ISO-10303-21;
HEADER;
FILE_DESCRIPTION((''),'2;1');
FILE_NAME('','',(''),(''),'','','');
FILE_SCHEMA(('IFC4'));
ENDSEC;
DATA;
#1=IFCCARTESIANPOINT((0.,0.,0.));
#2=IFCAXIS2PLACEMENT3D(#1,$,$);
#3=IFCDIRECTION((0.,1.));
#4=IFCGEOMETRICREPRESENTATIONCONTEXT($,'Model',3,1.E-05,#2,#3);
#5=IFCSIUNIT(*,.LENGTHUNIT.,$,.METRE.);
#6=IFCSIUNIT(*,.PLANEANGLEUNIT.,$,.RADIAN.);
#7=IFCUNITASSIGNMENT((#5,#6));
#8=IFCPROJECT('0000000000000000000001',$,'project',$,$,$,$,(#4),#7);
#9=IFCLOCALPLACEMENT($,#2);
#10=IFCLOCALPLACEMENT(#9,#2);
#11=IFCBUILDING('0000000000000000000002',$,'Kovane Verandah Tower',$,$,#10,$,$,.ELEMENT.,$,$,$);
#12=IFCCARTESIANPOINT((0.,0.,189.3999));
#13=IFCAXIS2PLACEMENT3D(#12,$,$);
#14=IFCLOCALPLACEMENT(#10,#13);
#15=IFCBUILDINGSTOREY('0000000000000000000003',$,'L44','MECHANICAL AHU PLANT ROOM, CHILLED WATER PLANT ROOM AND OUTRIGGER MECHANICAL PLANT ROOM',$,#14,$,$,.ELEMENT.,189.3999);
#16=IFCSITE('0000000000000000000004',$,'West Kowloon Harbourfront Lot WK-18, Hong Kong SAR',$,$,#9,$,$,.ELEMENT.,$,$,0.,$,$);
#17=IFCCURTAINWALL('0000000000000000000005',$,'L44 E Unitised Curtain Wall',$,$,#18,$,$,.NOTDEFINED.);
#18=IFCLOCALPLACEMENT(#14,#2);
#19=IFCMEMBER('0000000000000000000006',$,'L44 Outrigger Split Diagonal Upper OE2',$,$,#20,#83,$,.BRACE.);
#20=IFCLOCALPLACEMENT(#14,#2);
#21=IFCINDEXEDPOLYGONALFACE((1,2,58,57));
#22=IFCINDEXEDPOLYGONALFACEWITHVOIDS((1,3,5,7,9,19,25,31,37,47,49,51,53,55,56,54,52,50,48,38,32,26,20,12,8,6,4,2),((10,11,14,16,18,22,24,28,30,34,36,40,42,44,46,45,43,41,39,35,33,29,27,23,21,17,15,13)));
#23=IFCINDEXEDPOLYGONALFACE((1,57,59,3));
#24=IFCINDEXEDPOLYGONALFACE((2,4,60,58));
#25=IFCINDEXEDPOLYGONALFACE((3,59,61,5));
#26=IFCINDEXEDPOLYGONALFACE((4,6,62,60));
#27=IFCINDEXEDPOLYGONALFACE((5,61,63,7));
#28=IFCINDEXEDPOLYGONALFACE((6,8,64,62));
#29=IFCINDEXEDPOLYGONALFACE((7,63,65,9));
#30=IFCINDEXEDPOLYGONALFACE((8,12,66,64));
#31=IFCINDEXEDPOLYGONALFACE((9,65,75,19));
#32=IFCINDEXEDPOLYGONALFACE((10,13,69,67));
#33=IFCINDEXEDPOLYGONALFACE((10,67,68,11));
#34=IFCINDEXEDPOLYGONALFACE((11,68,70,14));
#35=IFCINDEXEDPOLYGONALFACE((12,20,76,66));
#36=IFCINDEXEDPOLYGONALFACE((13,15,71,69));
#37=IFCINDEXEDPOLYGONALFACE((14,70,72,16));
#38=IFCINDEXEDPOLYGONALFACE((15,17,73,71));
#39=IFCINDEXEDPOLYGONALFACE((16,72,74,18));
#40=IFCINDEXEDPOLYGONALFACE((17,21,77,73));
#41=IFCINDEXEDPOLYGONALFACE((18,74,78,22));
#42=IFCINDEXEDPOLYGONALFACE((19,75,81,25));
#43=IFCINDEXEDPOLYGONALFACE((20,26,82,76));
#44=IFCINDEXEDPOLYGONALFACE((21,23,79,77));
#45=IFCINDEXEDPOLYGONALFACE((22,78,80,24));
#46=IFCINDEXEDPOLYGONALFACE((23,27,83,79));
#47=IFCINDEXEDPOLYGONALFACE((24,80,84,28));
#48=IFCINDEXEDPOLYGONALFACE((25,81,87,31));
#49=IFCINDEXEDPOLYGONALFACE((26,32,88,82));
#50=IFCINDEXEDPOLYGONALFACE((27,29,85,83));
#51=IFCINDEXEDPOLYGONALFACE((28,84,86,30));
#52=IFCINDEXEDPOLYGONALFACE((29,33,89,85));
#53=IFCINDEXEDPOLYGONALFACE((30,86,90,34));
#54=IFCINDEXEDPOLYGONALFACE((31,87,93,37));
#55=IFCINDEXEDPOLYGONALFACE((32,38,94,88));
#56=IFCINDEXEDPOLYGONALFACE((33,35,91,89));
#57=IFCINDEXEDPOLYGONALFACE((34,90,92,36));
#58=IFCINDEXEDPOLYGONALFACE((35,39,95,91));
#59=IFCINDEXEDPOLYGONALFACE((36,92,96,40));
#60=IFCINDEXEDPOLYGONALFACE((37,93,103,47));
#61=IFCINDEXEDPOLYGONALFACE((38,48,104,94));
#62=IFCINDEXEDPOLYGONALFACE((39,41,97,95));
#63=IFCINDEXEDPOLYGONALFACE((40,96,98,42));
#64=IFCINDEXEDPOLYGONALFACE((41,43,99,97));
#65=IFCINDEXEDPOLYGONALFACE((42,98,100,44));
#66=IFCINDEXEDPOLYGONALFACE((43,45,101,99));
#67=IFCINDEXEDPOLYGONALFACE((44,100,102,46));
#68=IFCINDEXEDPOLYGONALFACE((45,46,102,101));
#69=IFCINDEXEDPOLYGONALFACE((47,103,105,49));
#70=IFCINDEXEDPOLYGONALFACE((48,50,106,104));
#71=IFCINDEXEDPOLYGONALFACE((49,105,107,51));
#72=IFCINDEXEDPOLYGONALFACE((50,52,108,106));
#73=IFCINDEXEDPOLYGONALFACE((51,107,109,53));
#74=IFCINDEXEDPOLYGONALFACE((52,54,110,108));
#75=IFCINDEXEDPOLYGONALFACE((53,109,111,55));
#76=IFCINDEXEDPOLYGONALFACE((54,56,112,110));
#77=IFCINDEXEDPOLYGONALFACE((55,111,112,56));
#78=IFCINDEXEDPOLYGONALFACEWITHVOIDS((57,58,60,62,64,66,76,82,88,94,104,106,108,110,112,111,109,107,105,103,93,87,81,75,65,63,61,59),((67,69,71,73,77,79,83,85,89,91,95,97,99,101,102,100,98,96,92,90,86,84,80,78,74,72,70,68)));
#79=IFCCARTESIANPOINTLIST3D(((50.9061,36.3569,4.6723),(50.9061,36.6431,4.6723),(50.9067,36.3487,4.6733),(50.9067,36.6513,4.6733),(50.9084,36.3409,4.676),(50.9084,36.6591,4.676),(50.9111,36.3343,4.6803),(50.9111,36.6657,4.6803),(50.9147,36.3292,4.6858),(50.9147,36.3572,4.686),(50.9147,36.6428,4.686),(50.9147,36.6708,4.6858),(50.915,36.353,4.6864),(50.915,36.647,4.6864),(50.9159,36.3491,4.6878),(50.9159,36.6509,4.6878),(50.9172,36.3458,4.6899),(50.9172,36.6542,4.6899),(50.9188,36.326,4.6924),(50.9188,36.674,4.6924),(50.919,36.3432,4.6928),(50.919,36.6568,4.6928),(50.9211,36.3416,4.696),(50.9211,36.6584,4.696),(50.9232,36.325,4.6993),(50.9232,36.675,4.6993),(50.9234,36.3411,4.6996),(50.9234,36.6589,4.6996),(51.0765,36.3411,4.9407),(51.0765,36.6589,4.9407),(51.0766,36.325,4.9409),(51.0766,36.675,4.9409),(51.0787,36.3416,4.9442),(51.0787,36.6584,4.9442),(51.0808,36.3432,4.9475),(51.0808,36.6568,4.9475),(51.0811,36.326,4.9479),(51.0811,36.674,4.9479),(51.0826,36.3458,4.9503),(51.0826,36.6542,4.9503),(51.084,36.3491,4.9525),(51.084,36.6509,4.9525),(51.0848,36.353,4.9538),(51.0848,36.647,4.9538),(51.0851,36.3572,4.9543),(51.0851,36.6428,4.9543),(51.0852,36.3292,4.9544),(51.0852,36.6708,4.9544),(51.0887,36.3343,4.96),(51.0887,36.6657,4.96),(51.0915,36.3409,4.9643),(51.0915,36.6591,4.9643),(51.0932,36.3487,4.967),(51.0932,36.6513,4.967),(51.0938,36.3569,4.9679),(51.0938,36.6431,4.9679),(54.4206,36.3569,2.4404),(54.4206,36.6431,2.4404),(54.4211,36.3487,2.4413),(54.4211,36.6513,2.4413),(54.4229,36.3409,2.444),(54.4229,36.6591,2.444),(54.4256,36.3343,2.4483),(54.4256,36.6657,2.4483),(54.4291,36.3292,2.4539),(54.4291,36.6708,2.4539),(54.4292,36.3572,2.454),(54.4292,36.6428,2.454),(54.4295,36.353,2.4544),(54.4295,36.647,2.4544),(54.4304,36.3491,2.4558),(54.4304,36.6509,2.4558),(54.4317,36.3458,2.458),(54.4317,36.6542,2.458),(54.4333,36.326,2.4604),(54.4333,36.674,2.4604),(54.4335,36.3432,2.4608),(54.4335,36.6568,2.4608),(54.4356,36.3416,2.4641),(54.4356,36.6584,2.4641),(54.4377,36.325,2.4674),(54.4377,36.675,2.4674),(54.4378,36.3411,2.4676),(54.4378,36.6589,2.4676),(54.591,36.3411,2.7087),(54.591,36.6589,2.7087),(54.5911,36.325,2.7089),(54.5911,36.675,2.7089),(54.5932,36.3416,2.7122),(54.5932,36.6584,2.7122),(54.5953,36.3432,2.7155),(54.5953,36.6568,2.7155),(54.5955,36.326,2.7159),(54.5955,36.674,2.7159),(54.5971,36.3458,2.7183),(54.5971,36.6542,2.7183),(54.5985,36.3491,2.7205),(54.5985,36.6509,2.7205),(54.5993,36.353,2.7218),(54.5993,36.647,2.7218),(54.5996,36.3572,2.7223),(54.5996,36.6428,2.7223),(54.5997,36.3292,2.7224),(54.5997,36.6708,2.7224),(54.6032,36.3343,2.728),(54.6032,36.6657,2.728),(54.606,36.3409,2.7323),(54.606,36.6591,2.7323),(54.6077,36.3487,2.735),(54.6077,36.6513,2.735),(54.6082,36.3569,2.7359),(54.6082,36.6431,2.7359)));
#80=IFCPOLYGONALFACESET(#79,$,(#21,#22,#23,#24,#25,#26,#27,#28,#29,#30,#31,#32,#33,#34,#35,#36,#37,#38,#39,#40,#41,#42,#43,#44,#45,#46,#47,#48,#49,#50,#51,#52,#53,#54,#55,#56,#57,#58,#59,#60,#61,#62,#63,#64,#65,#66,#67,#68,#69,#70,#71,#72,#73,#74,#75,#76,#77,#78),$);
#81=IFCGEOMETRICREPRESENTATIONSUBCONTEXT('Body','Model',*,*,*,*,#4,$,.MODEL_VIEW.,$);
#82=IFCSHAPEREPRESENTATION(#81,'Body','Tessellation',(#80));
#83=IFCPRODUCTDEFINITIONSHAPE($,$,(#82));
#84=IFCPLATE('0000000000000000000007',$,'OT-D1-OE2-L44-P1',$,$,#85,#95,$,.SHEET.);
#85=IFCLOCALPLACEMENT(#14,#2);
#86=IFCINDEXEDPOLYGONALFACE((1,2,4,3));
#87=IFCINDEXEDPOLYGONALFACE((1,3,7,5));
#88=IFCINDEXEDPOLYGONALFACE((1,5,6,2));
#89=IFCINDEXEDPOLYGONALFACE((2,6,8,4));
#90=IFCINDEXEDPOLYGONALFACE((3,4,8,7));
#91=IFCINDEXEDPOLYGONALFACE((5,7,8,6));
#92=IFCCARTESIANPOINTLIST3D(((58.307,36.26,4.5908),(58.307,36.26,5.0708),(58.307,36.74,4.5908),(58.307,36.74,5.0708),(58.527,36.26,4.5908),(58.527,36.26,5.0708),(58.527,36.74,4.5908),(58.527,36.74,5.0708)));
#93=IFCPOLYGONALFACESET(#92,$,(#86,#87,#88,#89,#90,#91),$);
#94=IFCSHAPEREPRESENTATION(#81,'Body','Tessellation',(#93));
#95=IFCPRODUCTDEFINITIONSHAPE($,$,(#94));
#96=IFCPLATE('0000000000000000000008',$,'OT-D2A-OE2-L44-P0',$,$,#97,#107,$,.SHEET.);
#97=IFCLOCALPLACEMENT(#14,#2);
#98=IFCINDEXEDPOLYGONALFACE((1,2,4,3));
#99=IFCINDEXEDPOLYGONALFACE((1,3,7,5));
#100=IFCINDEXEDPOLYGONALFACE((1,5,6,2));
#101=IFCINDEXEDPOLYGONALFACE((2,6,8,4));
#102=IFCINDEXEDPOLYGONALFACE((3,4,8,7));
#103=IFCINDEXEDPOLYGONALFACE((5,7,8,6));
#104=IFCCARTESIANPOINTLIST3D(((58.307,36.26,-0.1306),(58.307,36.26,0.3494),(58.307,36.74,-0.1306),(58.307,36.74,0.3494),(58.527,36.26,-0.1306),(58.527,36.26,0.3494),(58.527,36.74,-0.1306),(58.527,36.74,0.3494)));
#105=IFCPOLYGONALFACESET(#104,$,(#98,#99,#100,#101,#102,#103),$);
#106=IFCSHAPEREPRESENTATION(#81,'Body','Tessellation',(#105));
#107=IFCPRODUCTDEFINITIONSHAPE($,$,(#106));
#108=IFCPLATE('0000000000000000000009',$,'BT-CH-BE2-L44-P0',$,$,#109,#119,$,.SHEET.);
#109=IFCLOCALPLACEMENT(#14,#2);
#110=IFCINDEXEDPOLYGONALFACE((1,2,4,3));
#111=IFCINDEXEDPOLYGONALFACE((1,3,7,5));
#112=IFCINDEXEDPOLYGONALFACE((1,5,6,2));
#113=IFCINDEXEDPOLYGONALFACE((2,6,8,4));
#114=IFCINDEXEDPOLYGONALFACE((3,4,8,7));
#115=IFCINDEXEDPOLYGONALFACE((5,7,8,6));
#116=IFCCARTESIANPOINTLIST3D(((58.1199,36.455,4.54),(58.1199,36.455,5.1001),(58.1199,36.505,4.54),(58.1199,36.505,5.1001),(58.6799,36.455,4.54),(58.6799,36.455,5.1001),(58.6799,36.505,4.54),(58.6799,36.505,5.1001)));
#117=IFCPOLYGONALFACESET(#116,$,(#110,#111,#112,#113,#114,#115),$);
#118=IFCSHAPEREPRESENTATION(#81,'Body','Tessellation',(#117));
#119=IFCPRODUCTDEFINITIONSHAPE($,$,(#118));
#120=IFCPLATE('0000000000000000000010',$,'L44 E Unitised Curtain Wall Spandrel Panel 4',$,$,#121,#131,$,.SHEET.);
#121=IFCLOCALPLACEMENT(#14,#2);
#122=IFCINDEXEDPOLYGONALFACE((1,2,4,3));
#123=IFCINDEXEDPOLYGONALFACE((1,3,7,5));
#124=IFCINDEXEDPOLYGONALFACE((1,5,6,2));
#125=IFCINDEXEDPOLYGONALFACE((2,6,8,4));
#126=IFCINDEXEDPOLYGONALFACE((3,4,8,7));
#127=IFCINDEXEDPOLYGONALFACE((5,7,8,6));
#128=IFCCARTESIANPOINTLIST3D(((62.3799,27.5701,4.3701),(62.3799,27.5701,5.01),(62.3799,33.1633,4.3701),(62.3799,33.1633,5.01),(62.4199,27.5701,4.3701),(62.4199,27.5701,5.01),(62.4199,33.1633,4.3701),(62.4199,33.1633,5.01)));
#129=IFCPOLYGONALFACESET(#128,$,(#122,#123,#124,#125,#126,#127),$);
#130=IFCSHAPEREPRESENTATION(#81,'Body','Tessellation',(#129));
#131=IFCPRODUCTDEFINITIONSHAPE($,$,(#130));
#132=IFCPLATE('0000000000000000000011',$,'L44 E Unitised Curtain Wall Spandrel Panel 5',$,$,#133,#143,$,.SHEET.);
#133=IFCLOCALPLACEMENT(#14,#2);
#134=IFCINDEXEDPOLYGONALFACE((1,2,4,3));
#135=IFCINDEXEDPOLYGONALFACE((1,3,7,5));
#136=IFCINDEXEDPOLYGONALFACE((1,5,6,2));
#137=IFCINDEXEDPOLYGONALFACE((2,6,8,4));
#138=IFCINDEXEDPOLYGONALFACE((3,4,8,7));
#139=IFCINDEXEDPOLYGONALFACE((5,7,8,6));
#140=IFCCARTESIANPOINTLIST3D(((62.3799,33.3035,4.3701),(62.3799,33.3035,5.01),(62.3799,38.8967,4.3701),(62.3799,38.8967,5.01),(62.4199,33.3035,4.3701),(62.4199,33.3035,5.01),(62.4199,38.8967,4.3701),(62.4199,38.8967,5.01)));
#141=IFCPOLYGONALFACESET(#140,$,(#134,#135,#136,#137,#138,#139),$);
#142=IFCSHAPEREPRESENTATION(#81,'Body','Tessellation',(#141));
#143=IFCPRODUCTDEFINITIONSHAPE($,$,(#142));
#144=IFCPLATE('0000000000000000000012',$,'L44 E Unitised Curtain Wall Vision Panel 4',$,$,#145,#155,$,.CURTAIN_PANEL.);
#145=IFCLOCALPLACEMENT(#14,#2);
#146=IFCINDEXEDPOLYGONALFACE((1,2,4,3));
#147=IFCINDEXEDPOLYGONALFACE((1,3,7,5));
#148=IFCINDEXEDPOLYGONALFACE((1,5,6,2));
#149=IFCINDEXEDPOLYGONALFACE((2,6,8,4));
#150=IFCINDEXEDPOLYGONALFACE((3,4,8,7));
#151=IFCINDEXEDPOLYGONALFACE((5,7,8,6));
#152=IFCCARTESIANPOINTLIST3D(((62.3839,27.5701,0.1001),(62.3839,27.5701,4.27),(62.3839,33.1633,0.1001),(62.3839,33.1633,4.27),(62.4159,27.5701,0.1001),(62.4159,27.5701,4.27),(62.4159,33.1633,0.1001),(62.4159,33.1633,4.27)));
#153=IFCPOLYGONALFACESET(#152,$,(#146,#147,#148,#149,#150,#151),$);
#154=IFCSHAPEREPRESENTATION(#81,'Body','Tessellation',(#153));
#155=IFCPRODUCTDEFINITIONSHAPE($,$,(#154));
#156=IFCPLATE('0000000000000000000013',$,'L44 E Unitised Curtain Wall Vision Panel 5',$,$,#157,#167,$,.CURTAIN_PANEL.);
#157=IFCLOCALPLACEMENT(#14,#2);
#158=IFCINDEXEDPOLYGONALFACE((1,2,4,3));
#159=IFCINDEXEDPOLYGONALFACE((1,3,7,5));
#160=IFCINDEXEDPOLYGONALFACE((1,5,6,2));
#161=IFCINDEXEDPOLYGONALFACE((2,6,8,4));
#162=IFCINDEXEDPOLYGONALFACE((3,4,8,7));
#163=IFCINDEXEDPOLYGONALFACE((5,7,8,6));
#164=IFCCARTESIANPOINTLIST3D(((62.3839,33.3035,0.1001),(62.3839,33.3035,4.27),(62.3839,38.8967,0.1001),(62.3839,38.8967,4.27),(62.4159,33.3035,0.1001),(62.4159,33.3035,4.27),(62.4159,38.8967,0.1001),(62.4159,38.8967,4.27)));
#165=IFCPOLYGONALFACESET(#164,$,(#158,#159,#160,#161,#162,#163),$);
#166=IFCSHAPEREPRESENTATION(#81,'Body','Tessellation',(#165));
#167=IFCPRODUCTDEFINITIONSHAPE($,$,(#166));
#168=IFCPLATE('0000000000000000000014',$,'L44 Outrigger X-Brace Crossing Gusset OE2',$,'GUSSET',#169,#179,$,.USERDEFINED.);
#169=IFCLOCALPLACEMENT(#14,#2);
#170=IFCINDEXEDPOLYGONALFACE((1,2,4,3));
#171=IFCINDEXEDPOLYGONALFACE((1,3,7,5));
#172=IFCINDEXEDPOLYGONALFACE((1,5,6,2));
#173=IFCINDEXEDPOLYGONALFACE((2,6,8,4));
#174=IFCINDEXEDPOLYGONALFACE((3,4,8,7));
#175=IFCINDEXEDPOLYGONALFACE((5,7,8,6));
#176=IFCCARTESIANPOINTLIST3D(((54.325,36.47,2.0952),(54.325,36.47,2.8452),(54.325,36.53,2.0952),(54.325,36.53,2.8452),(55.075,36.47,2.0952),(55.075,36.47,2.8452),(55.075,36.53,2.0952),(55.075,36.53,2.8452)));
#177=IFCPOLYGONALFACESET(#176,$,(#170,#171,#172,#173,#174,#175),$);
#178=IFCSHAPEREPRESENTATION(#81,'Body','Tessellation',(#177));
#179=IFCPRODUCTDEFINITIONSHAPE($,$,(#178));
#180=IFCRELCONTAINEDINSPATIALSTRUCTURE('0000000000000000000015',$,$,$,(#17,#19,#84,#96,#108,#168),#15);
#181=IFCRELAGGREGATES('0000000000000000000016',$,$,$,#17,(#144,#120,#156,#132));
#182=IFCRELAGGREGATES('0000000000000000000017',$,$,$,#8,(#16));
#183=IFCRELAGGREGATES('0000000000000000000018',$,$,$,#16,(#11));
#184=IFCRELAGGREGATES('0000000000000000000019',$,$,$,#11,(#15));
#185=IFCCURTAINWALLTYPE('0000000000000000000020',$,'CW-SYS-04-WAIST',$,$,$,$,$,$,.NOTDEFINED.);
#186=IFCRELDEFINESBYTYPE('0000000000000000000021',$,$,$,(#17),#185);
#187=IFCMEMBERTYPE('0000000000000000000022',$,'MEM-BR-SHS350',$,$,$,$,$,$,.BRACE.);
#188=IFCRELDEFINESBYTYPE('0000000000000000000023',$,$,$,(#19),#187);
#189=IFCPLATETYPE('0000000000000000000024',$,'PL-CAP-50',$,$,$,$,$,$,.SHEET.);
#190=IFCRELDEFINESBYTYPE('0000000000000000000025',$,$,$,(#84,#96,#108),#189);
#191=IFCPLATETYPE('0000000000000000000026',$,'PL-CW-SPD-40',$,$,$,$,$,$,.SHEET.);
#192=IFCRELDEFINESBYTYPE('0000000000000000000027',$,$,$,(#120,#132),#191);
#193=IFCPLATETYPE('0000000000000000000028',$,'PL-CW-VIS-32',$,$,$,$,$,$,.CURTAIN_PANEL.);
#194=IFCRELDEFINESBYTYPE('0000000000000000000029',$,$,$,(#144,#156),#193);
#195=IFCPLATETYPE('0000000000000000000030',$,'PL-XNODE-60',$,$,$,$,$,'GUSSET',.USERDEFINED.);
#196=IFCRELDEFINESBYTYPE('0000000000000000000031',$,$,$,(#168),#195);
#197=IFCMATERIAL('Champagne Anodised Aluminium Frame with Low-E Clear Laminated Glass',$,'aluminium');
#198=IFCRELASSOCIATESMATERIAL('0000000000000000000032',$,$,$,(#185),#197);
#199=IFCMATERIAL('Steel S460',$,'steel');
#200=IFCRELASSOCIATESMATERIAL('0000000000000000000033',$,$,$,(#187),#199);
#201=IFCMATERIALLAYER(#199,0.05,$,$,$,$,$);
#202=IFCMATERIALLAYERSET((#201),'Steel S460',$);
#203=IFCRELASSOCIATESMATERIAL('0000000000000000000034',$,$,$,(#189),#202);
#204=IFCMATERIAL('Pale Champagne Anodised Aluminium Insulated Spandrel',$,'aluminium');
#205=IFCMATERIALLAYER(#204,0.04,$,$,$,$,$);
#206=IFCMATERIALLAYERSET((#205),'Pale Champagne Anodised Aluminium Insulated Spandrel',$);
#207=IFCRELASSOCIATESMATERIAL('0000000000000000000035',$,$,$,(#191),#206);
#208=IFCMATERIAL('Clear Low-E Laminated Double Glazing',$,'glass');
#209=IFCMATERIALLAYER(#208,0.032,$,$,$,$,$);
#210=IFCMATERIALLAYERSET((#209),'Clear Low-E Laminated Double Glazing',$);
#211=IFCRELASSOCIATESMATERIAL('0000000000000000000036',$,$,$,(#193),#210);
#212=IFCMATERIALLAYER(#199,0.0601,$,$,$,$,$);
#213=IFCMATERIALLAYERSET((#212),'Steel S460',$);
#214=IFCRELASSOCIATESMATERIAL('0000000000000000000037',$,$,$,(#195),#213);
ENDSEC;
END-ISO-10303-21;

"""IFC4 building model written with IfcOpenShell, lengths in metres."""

from ifc_helpers import new_model, si_unit, direction, frame, origin, origin_2d, place, context, subcontext, project, spatial, rectangle, hollow_rectangle, extrude, material, layer, layer_set, material_profile, profile_set, type_object, element, aggregate, save


model = new_model("IFC4")

# Units and contexts
model_context = context("Model", 3, precision=1e-05, world=origin(), true_north=direction((0.0, 1.0)))
body_context = subcontext(model_context, "Body", "Model", "MODEL_VIEW")
ifc_project = project(units=[si_unit("LENGTHUNIT", "METRE"), si_unit("PLANEANGLEUNIT", "RADIAN")], contexts=[model_context])

# Site, building, storey
site_placement = place(None, origin())
site = spatial("IfcSite", under=ifc_project, at=site_placement, Name="West Kowloon Harbourfront Lot WK-18, Hong Kong SAR", CompositionType="ELEMENT", RefElevation=0.0)
building_placement = place(site_placement, origin())
building = spatial("IfcBuilding", under=site, at=building_placement, Name="Kovane Verandah Tower", CompositionType="ELEMENT")
storey_placement = place(building_placement, frame((0.0, 0.0, 189.3999)))
storey = spatial("IfcBuildingStorey", under=building, at=storey_placement, Name="L44", Description="MECHANICAL AHU PLANT ROOM, CHILLED WATER PLANT ROOM AND OUTRIGGER MECHANICAL PLANT ROOM", CompositionType="ELEMENT", Elevation=189.3999)

# Shared definitions
ifc_material_1 = material(Name="Steel S460", Category="steel")

# Curtain wall
ifc_material_2 = material(Name="Champagne Anodised Aluminium Frame with Low-E Clear Laminated Glass", Category="aluminium")
curtain_wall_type = type_object("IfcCurtainWallType", Name="CW-SYS-04-WAIST", PredefinedType="NOTDEFINED", material=ifc_material_2)
curtain_wall_placement = place(storey_placement, origin())
curtain_wall = element("IfcCurtainWall", 1, at=curtain_wall_placement, inside=storey, type_object=curtain_wall_type, Name="L44 E Unitised Curtain Wall", PredefinedType="NOTDEFINED")

# Member
ifc_material_profile_1 = material_profile(ifc_material_1, hollow_rectangle(XDim=0.3501, YDim=0.3501, WallThickness=0.0161, InnerFilletRadius=0.0161, OuterFilletRadius=0.032, at=origin_2d()), Name="SHS350x350x16")
ifc_profile_set_1 = profile_set([ifc_material_profile_1], Name="Steel S460")
member_type_1 = type_object("IfcMemberType", Name="MEM-BR-SHS350", PredefinedType="BRACE", material=ifc_profile_set_1)
member_1_placement = place(storey_placement, frame((54.5144, 36.5, 2.5881), z_axis=(-0.844151, 0.0, 0.536105), x_axis=(0.0, -1.0, 0.0)))
element("IfcMember", 2, at=member_1_placement, inside=storey, type_object=member_type_1, Name="L44 Outrigger Split Diagonal Upper OE2", PredefinedType="BRACE", context=body_context, shape_type="SweptSolid", body=[
    extrude(hollow_rectangle(XDim=0.3501, YDim=0.3501, WallThickness=0.0161, InnerFilletRadius=0.0161, OuterFilletRadius=0.032, at=origin_2d()), origin(), (0.0, 0.0, 1.0), 4.1633),
])

# Plates
ifc_layer_1 = layer(ifc_material_1, 0.05)
ifc_layer_set_1 = layer_set([ifc_layer_1], Name="Steel S460")
plate_type_1 = type_object("IfcPlateType", Name="PL-CAP-50", PredefinedType="SHEET", material=ifc_layer_set_1)
for number, where, z_axis, x_axis, name in (
    (3, (58.417, 36.5, 4.5908), (0.0, 0.0, 1.0), (1.0, 0.0, 0.0), "OT-D1-OE2-L44-P1"),
    (4, (58.417, 36.5, -0.1306), (0.0, 0.0, 1.0), (-1.0, 0.0, 0.0), "OT-D2A-OE2-L44-P0"),
):
    element("IfcPlate", number, at=place(storey_placement, frame(where, z_axis=z_axis, x_axis=x_axis)), inside=storey, type_object=plate_type_1, Name=name, PredefinedType="SHEET", context=body_context, shape_type="SweptSolid", body=[
        extrude(rectangle(XDim=0.22, YDim=0.48, at=origin_2d()), origin(), (0.0, 0.0, 1.0), 0.48),
    ])
plate_1_placement = place(storey_placement, frame((58.3999, 36.48, 4.54), z_axis=(0.0, 0.0, 1.0), x_axis=(0.0, 1.0, 0.0)))
element("IfcPlate", 5, at=plate_1_placement, inside=storey, type_object=plate_type_1, Name="BT-CH-BE2-L44-P0", PredefinedType="SHEET", context=body_context, shape_type="SweptSolid", body=[
    extrude(rectangle(XDim=0.05, YDim=0.5601, at=origin_2d()), origin(), (0.0, 0.0, 1.0), 0.5601),
])

# Plates
ifc_material_3 = material(Name="Pale Champagne Anodised Aluminium Insulated Spandrel", Category="aluminium")
ifc_layer_2 = layer(ifc_material_3, 0.04)
ifc_layer_set_2 = layer_set([ifc_layer_2], Name="Pale Champagne Anodised Aluminium Insulated Spandrel")
plate_type_2 = type_object("IfcPlateType", Name="PL-CW-SPD-40", PredefinedType="SHEET", material=ifc_layer_set_2)
plate_2_placement = place(storey_placement, frame((62.3999, 30.3667, 4.3701), z_axis=(0.0, 0.0, 1.0), x_axis=(0.0, 1.0, 0.0)))
plate_2 = element("IfcPlate", 6, at=plate_2_placement, type_object=plate_type_2, Name="L44 E Unitised Curtain Wall Spandrel Panel 4", PredefinedType="SHEET", context=body_context, shape_type="SweptSolid", body=[
    extrude(rectangle(XDim=5.5933, YDim=0.04, at=origin_2d()), origin(), (0.0, 0.0, 1.0), 0.6399),
])
plate_3_placement = place(storey_placement, frame((62.3999, 36.1001, 4.3701), z_axis=(0.0, 0.0, 1.0), x_axis=(0.0, 1.0, 0.0)))
plate_3 = element("IfcPlate", 7, at=plate_3_placement, type_object=plate_type_2, Name="L44 E Unitised Curtain Wall Spandrel Panel 5", PredefinedType="SHEET", context=body_context, shape_type="SweptSolid", body=[
    extrude(rectangle(XDim=5.5933, YDim=0.04, at=origin_2d()), origin(), (0.0, 0.0, 1.0), 0.6399),
])
ifc_material_4 = material(Name="Clear Low-E Laminated Double Glazing", Category="glass")
ifc_layer_3 = layer(ifc_material_4, 0.032)
ifc_layer_set_3 = layer_set([ifc_layer_3], Name="Clear Low-E Laminated Double Glazing")
plate_type_3 = type_object("IfcPlateType", Name="PL-CW-VIS-32", PredefinedType="CURTAIN_PANEL", material=ifc_layer_set_3)
plate_4_placement = place(storey_placement, frame((62.3999, 30.3667, 0.1001), z_axis=(0.0, 0.0, 1.0), x_axis=(0.0, 1.0, 0.0)))
plate_4 = element("IfcPlate", 8, at=plate_4_placement, type_object=plate_type_3, Name="L44 E Unitised Curtain Wall Vision Panel 4", PredefinedType="CURTAIN_PANEL", context=body_context, shape_type="SweptSolid", body=[
    extrude(rectangle(XDim=5.5933, YDim=0.032, at=origin_2d()), origin(), (0.0, 0.0, 1.0), 4.1699),
])
plate_5_placement = place(storey_placement, frame((62.3999, 36.1001, 0.1001), z_axis=(0.0, 0.0, 1.0), x_axis=(0.0, 1.0, 0.0)))
plate_5 = element("IfcPlate", 9, at=plate_5_placement, type_object=plate_type_3, Name="L44 E Unitised Curtain Wall Vision Panel 5", PredefinedType="CURTAIN_PANEL", context=body_context, shape_type="SweptSolid", body=[
    extrude(rectangle(XDim=5.5933, YDim=0.032, at=origin_2d()), origin(), (0.0, 0.0, 1.0), 4.1699),
])
aggregate(curtain_wall, [plate_4, plate_2, plate_5, plate_3])
ifc_layer_4 = layer(ifc_material_1, 0.0601)
ifc_layer_set_4 = layer_set([ifc_layer_4], Name="Steel S460")
plate_type_4 = type_object("IfcPlateType", Name="PL-XNODE-60", ElementType="GUSSET", PredefinedType="USERDEFINED", material=ifc_layer_set_4)
plate_6_placement = place(storey_placement, frame((54.7, 36.5, 2.0952), z_axis=(0.0, 0.0, 1.0), x_axis=(1.0, 0.0, 0.0)))
element("IfcPlate", 10, at=plate_6_placement, inside=storey, type_object=plate_type_4, Name="L44 Outrigger X-Brace Crossing Gusset OE2", ObjectType="GUSSET", PredefinedType="USERDEFINED", context=body_context, shape_type="SweptSolid", body=[
    extrude(rectangle(XDim=0.75, YDim=0.0601, at=origin_2d()), origin(), (0.0, 0.0, 1.0), 0.75),
])

save(model, "model.ifc")
